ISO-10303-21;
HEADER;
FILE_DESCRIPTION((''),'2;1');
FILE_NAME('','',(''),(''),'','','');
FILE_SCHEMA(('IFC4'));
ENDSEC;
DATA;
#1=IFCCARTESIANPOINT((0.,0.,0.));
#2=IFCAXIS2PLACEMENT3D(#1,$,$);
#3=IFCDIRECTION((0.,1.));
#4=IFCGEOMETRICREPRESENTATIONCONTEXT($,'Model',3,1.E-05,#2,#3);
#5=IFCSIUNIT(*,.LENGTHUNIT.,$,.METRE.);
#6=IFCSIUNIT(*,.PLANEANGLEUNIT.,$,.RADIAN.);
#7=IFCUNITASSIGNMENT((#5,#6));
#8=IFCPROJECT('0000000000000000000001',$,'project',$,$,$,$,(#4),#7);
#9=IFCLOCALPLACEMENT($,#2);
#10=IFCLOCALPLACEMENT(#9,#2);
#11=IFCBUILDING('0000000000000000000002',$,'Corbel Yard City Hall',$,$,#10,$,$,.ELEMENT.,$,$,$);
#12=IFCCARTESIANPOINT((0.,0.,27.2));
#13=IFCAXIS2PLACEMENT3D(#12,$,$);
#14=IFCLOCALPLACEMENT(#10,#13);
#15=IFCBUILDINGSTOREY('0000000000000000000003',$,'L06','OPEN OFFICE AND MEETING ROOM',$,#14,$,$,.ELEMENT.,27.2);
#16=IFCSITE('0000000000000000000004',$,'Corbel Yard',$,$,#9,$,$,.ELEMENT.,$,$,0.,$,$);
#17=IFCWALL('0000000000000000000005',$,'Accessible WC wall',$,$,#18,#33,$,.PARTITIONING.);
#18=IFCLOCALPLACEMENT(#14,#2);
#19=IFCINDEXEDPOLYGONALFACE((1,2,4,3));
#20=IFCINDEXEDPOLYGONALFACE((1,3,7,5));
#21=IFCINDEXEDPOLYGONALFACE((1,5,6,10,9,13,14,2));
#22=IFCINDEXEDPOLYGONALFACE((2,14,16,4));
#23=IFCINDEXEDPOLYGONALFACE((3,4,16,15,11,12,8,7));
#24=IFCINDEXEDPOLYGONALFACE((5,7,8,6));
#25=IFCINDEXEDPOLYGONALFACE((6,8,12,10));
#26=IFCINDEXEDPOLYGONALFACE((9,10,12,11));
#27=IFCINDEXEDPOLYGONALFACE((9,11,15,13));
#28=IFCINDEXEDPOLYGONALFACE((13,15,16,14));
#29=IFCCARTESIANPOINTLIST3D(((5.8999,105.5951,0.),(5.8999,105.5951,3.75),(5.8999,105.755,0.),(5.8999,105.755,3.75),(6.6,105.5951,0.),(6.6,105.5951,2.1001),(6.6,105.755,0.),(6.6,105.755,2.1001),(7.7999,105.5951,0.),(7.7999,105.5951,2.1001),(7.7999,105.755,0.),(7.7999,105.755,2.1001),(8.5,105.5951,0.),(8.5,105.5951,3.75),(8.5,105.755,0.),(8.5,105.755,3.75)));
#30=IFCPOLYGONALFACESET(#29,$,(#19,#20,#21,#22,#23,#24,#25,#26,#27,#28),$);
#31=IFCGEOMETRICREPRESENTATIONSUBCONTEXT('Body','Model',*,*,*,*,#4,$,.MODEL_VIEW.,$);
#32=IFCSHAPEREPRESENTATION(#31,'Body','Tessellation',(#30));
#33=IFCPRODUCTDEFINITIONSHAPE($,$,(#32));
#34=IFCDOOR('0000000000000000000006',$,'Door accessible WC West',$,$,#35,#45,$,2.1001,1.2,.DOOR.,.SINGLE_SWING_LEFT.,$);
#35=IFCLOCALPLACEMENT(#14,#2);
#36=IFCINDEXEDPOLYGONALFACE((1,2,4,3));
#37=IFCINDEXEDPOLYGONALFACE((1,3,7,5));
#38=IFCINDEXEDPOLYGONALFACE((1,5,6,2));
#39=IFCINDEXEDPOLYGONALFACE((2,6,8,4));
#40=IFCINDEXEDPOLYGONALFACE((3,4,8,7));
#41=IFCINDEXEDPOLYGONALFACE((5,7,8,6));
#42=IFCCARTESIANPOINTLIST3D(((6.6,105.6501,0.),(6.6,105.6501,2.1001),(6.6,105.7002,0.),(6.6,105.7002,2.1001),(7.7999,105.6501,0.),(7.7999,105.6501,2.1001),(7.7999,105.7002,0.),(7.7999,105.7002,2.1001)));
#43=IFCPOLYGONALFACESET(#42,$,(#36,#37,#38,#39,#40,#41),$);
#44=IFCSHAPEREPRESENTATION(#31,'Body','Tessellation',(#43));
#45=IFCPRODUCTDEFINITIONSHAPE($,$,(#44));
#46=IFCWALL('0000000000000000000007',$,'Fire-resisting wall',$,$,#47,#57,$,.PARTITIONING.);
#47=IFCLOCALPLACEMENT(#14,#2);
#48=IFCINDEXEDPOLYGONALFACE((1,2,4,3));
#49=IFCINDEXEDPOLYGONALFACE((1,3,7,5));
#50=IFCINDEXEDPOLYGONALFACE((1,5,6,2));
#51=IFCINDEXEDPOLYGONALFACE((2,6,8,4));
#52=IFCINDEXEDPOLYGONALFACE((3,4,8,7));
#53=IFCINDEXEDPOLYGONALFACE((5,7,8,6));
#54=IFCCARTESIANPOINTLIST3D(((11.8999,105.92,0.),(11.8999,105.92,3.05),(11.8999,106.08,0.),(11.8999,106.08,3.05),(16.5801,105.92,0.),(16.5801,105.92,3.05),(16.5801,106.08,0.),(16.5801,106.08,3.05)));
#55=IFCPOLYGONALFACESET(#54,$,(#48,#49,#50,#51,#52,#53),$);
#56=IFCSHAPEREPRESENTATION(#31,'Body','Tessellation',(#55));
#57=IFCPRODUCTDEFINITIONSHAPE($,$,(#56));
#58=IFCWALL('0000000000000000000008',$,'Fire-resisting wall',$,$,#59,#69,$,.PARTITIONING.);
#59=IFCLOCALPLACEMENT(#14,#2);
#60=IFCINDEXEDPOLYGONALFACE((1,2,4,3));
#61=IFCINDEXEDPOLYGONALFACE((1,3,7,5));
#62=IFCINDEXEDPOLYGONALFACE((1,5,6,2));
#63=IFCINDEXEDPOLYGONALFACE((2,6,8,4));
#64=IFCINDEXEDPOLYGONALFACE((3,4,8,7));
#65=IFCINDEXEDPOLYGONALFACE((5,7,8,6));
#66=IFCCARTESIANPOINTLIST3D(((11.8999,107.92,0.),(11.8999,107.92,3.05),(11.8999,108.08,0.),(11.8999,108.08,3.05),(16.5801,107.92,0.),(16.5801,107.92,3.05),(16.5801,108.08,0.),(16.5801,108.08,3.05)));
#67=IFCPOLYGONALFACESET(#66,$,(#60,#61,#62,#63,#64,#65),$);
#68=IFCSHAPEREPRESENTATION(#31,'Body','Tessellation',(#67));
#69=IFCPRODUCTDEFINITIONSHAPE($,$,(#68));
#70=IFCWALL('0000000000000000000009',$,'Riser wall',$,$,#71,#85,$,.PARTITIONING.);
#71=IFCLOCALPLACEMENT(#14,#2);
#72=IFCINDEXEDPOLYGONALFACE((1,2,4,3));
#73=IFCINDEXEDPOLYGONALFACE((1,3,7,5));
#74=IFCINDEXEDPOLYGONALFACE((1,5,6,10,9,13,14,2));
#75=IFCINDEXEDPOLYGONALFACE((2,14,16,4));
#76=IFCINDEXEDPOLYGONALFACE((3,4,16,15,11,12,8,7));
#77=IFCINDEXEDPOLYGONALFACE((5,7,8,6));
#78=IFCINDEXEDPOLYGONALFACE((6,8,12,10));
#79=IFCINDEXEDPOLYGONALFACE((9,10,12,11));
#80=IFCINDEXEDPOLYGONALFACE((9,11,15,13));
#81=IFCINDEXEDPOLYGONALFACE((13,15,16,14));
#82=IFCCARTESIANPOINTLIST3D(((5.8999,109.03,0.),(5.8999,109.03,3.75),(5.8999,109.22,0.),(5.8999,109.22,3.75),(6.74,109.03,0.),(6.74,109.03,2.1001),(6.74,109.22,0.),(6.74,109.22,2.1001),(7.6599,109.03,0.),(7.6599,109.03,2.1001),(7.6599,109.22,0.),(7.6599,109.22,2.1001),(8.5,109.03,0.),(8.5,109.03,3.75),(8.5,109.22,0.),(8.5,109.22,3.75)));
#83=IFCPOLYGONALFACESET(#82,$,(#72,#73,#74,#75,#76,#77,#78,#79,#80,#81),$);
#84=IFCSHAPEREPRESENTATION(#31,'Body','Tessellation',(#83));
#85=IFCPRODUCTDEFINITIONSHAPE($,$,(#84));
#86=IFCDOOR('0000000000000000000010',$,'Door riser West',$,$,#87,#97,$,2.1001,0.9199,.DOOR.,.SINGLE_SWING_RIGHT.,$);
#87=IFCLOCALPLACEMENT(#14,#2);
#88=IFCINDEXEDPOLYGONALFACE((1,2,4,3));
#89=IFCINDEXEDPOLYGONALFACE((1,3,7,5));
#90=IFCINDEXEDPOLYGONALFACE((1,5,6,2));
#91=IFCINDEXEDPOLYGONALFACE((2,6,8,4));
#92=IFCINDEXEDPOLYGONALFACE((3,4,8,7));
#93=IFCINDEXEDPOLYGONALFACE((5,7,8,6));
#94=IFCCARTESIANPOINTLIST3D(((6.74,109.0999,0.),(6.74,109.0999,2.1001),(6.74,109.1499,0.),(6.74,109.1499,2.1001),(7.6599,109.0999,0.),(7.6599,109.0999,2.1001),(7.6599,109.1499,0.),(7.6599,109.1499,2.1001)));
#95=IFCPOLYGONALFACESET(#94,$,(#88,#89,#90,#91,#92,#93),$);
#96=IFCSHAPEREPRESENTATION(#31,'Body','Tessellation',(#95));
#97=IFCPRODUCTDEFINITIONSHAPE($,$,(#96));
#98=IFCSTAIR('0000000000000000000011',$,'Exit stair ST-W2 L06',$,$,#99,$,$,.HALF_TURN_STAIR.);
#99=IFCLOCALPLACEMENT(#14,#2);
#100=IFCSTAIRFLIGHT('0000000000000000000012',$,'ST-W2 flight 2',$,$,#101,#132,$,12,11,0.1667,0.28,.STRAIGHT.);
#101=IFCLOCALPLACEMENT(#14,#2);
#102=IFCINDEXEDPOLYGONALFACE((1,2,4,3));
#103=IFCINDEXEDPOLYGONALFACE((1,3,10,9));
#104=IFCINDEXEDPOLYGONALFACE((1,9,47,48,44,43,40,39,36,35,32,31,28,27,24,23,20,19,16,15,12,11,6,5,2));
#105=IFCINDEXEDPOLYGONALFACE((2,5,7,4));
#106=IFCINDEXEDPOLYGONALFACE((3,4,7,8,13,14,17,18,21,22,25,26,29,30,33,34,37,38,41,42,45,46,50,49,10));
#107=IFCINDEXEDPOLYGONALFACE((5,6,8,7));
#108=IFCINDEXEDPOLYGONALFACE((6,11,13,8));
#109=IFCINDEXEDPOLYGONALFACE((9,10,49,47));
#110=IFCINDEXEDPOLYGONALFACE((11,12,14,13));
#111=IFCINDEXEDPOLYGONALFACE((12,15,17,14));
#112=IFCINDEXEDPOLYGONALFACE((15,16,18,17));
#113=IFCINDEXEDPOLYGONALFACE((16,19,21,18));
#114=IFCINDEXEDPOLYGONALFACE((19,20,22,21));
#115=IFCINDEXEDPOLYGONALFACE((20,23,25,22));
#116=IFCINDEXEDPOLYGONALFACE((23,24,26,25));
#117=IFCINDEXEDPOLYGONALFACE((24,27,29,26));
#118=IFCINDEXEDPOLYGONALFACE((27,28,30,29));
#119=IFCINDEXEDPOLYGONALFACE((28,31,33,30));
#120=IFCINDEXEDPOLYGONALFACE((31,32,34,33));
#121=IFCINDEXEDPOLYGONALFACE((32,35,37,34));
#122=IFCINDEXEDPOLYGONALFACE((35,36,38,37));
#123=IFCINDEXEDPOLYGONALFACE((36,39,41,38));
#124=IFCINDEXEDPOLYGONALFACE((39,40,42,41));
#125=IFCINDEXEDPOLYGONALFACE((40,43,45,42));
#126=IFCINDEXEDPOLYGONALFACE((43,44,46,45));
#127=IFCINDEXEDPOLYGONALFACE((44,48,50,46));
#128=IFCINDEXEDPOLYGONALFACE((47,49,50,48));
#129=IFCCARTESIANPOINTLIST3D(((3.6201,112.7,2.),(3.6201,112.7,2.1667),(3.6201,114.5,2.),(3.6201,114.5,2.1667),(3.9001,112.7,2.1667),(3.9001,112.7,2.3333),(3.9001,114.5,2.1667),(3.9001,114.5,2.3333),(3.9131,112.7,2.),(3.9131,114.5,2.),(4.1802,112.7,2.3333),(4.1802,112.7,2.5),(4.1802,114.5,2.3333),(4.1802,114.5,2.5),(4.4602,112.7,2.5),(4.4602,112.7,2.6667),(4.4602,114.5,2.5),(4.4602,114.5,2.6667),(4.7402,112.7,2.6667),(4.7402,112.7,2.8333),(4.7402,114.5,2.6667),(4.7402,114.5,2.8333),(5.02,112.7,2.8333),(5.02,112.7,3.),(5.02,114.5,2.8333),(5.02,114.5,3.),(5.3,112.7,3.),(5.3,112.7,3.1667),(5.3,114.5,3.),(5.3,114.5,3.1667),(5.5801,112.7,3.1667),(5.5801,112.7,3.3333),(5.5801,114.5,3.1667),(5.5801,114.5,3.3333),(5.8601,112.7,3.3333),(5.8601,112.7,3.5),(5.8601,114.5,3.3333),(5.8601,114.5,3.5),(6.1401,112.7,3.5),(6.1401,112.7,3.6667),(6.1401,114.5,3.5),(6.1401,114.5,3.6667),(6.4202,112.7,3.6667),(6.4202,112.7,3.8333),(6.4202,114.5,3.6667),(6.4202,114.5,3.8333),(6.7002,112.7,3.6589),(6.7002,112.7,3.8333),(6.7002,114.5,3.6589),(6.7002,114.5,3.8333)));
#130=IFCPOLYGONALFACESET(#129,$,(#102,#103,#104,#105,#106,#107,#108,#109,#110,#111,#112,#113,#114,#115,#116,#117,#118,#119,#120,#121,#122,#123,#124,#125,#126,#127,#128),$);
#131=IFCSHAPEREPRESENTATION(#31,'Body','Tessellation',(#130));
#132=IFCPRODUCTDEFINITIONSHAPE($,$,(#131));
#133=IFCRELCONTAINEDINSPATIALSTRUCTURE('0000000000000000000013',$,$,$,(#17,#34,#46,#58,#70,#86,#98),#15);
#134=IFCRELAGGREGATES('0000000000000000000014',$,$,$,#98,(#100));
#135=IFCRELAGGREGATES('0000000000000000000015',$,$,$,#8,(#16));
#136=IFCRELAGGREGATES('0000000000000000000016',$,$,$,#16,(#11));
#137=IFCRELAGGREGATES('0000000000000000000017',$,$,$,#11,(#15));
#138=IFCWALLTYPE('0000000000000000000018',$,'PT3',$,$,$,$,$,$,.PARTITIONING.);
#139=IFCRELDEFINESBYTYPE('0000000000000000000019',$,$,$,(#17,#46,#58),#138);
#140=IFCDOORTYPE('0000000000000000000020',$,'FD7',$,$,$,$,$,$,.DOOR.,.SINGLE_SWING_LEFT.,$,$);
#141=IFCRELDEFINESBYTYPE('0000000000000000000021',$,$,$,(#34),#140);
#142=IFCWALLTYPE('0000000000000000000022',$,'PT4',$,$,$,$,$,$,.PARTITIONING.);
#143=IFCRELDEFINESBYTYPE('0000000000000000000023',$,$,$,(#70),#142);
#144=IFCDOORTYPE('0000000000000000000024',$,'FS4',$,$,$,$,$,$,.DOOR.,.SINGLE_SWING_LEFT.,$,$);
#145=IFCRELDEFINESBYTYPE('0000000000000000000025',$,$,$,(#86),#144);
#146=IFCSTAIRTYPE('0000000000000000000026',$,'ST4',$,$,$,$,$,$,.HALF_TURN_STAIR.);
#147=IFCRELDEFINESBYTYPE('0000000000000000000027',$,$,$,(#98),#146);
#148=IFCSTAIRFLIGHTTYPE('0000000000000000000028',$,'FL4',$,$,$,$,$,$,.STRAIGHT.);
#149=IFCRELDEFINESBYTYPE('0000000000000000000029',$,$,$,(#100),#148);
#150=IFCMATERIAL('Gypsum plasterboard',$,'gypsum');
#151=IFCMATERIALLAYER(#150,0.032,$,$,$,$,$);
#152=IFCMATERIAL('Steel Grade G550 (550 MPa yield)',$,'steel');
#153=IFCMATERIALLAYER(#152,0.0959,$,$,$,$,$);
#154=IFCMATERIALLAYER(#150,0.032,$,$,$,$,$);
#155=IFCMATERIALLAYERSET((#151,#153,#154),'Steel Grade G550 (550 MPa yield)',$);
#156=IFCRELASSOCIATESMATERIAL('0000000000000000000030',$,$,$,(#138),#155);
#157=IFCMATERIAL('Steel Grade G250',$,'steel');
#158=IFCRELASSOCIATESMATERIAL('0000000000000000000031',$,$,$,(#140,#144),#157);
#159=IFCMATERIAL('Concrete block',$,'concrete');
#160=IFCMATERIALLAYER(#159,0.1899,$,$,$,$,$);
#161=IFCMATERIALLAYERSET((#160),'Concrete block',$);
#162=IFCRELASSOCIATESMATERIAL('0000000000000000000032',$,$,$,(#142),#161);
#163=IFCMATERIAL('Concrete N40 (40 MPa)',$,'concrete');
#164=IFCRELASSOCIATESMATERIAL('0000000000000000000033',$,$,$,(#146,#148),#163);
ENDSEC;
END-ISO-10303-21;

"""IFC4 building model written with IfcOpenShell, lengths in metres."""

from ifc_helpers import new_model, si_unit, direction, frame, frame_2d, origin, place, context, subcontext, project, spatial, polyline, rectangle, outline, extrude, material, layer, layer_set, type_object, element, fill, aggregate, save


model = new_model("IFC4")

# Units and contexts
model_context = context("Model", 3, precision=1e-05, world=origin(), true_north=direction((0.0, 1.0)))
body_context = subcontext(model_context, "Body", "Model", "MODEL_VIEW")
ifc_project = project(units=[si_unit("LENGTHUNIT", "METRE"), si_unit("PLANEANGLEUNIT", "RADIAN")], contexts=[model_context])

# Site, building, storey
site_placement = place(None, origin())
site = spatial("IfcSite", under=ifc_project, at=site_placement, Name="Corbel Yard", CompositionType="ELEMENT", RefElevation=0.0)
building_placement = place(site_placement, origin())
building = spatial("IfcBuilding", under=site, at=building_placement, Name="Corbel Yard City Hall", CompositionType="ELEMENT")
storey_placement = place(building_placement, frame((0.0, 0.0, 27.2)))
storey = spatial("IfcBuildingStorey", under=building, at=storey_placement, Name="L06", Description="OPEN OFFICE AND MEETING ROOM", CompositionType="ELEMENT", Elevation=27.2)

# Shared definitions
ifc_material_1 = material(Name="Concrete N40 (40 MPa)", Category="concrete")

# Wall, opening, door
ifc_material_2 = material(Name="Gypsum plasterboard", Category="gypsum")
ifc_layer_1 = layer(ifc_material_2, 0.032)
ifc_material_3 = material(Name="Steel Grade G550 (550 MPa yield)", Category="steel")
ifc_layer_2 = layer(ifc_material_3, 0.0959)
ifc_layer_3 = layer(ifc_material_2, 0.032)
ifc_layer_set_1 = layer_set([ifc_layer_1, ifc_layer_2, ifc_layer_3], Name="Steel Grade G550 (550 MPa yield)")
wall_type_1 = type_object("IfcWallType", Name="PT3", PredefinedType="PARTITIONING", material=ifc_layer_set_1)
wall_1_placement = place(storey_placement, frame((8.5, 105.675, 0.0), z_axis=(0.0, 0.0, 1.0), x_axis=(-1.0, 0.0, 0.0)))
wall_1 = element("IfcWall", 1, at=wall_1_placement, inside=storey, type_object=wall_type_1, Name="Accessible WC wall", PredefinedType="PARTITIONING", context=body_context, shape_type="SweptSolid", body=[
    extrude(rectangle(XDim=2.6001, YDim=0.1599, at=frame_2d((1.3, 0.0))), origin(), (0.0, 0.0, 1.0), 3.75),
])
opening_1_placement = place(wall_1_placement, frame((0.7, 0.0, 0.0)))
opening_1 = element("IfcOpeningElement", 2, at=opening_1_placement, cuts=wall_1, PredefinedType="OPENING", context=body_context, shape_type="SweptSolid", body=[
    extrude(rectangle(XDim=1.2, YDim=2.1001, at=frame_2d((0.6001, 1.05))), frame((0.0, 0.0898, 0.0), z_axis=(0.0, -1.0, 0.0), x_axis=(1.0, 0.0, 0.0)), (0.0, 0.0, 1.0), 0.1799),
])
ifc_material_4 = material(Name="Steel Grade G250", Category="steel")
door_type_1 = type_object("IfcDoorType", Name="FD7", OperationType="SINGLE_SWING_LEFT", PredefinedType="DOOR", material=ifc_material_4)
door_1_placement = place(opening_1_placement, origin())
door_1 = element("IfcDoor", 3, at=door_1_placement, inside=storey, type_object=door_type_1, Name="Door accessible WC West", OperationType="SINGLE_SWING_LEFT", OverallHeight=2.1001, OverallWidth=1.2, PredefinedType="DOOR", context=body_context, shape_type="SweptSolid", body=[
    extrude(rectangle(XDim=1.2, YDim=2.1001, at=frame_2d((0.6001, 1.05))), frame((0.0, 0.0249, 0.0), z_axis=(0.0, -1.0, 0.0), x_axis=(1.0, 0.0, 0.0)), (0.0, 0.0, 1.0), 0.05),
])
fill(opening_1, door_1)

# Walls
for number, where, z_axis, x_axis, name in (
    (4, (11.8999, 106.0, 0.0), (0.0, 0.0, 1.0), (1.0, 0.0, 0.0), "Fire-resisting wall"),
    (5, (11.8999, 108.0, 0.0), (0.0, 0.0, 1.0), (1.0, 0.0, 0.0), "Fire-resisting wall"),
):
    element("IfcWall", number, at=place(storey_placement, frame(where, z_axis=z_axis, x_axis=x_axis)), inside=storey, type_object=wall_type_1, Name=name, PredefinedType="PARTITIONING", context=body_context, shape_type="SweptSolid", body=[
        extrude(rectangle(XDim=4.6802, YDim=0.1599, at=frame_2d((2.3401, 0.0))), origin(), (0.0, 0.0, 1.0), 3.05),
    ])

# Wall, opening, door
ifc_material_5 = material(Name="Concrete block", Category="concrete")
ifc_layer_4 = layer(ifc_material_5, 0.1899)
ifc_layer_set_2 = layer_set([ifc_layer_4], Name="Concrete block")
wall_type_2 = type_object("IfcWallType", Name="PT4", PredefinedType="PARTITIONING", material=ifc_layer_set_2)
wall_2_placement = place(storey_placement, frame((8.5, 109.125, 0.0), z_axis=(0.0, 0.0, 1.0), x_axis=(-1.0, 0.0, 0.0)))
wall_2 = element("IfcWall", 6, at=wall_2_placement, inside=storey, type_object=wall_type_2, Name="Riser wall", PredefinedType="PARTITIONING", context=body_context, shape_type="SweptSolid", body=[
    extrude(rectangle(XDim=2.6001, YDim=0.1899, at=frame_2d((1.3, 0.0))), origin(), (0.0, 0.0, 1.0), 3.75),
])
opening_2_placement = place(wall_2_placement, frame((0.8401, 0.0, 0.0)))
opening_2 = element("IfcOpeningElement", 7, at=opening_2_placement, cuts=wall_2, PredefinedType="OPENING", context=body_context, shape_type="SweptSolid", body=[
    extrude(rectangle(XDim=0.9199, YDim=2.1001, at=frame_2d((0.46, 1.05))), frame((0.0, 0.105, 0.0), z_axis=(0.0, -1.0, 0.0), x_axis=(1.0, 0.0, 0.0)), (0.0, 0.0, 1.0), 0.21),
])
door_type_2 = type_object("IfcDoorType", Name="FS4", OperationType="SINGLE_SWING_LEFT", PredefinedType="DOOR", material=ifc_material_4)
door_2_placement = place(opening_2_placement, frame((0.9199, 0.0, 0.0), z_axis=(0.0, 0.0, 1.0), x_axis=(-1.0, 0.0, 0.0)))
door_2 = element("IfcDoor", 8, at=door_2_placement, inside=storey, type_object=door_type_2, Name="Door riser West", OperationType="SINGLE_SWING_RIGHT", OverallHeight=2.1001, OverallWidth=0.9199, PredefinedType="DOOR", context=body_context, shape_type="SweptSolid", body=[
    extrude(rectangle(XDim=0.9199, YDim=2.1001, at=frame_2d((0.46, 1.05))), frame((0.0, 0.0249, 0.0), z_axis=(0.0, -1.0, 0.0), x_axis=(1.0, 0.0, 0.0)), (0.0, 0.0, 1.0), 0.05),
])
fill(opening_2, door_2)

# Stair, stair flight
stair_type = type_object("IfcStairType", Name="ST4", PredefinedType="HALF_TURN_STAIR", material=ifc_material_1)
stair_placement = place(storey_placement, origin())
stair = element("IfcStair", 9, at=stair_placement, inside=storey, type_object=stair_type, Name="Exit stair ST-W2 L06", PredefinedType="HALF_TURN_STAIR")
stair_flight_type = type_object("IfcStairFlightType", Name="FL4", PredefinedType="STRAIGHT", material=ifc_material_1)
stair_flight_placement = place(storey_placement, frame((3.6201, 113.6001, 2.0), z_axis=(0.0, 0.0, 1.0), x_axis=(1.0, 0.0, 0.0)))
stair_flight = element("IfcStairFlight", 10, at=stair_flight_placement, type_object=stair_flight_type, Name="ST-W2 flight 2", NumberOfRisers=12, NumberOfTreads=11, PredefinedType="STRAIGHT", RiserHeight=0.1667, TreadLength=0.28, context=body_context, shape_type="SweptSolid", body=[
    extrude(outline(polyline([(0.0, 0.0), (0.0, 0.1667), (0.28, 0.1667), (0.28, 0.3333), (0.5601, 0.3333), (0.5601, 0.5), (0.8401, 0.5), (0.8401, 0.6667), (1.1201, 0.6667), (1.1201, 0.8333), (1.3999, 0.8333), (1.3999, 1.0), (1.6799, 1.0), (1.6799, 1.1667), (1.96, 1.1667), (1.96, 1.3333), (2.24, 1.3333), (2.24, 1.5), (2.52, 1.5), (2.52, 1.6667), (2.8, 1.6667), (2.8, 1.8333), (3.0801, 1.8333), (3.0801, 2.0), (3.0801, 1.6589), (0.293, 0.0), (0.0, 0.0)])), frame((0.0, 0.8999, 0.0), z_axis=(0.0, -1.0, 0.0), x_axis=(1.0, 0.0, 0.0)), (0.0, 0.0, 1.0), 1.8),
])
aggregate(stair, [stair_flight])

save(model, "model.ifc")
